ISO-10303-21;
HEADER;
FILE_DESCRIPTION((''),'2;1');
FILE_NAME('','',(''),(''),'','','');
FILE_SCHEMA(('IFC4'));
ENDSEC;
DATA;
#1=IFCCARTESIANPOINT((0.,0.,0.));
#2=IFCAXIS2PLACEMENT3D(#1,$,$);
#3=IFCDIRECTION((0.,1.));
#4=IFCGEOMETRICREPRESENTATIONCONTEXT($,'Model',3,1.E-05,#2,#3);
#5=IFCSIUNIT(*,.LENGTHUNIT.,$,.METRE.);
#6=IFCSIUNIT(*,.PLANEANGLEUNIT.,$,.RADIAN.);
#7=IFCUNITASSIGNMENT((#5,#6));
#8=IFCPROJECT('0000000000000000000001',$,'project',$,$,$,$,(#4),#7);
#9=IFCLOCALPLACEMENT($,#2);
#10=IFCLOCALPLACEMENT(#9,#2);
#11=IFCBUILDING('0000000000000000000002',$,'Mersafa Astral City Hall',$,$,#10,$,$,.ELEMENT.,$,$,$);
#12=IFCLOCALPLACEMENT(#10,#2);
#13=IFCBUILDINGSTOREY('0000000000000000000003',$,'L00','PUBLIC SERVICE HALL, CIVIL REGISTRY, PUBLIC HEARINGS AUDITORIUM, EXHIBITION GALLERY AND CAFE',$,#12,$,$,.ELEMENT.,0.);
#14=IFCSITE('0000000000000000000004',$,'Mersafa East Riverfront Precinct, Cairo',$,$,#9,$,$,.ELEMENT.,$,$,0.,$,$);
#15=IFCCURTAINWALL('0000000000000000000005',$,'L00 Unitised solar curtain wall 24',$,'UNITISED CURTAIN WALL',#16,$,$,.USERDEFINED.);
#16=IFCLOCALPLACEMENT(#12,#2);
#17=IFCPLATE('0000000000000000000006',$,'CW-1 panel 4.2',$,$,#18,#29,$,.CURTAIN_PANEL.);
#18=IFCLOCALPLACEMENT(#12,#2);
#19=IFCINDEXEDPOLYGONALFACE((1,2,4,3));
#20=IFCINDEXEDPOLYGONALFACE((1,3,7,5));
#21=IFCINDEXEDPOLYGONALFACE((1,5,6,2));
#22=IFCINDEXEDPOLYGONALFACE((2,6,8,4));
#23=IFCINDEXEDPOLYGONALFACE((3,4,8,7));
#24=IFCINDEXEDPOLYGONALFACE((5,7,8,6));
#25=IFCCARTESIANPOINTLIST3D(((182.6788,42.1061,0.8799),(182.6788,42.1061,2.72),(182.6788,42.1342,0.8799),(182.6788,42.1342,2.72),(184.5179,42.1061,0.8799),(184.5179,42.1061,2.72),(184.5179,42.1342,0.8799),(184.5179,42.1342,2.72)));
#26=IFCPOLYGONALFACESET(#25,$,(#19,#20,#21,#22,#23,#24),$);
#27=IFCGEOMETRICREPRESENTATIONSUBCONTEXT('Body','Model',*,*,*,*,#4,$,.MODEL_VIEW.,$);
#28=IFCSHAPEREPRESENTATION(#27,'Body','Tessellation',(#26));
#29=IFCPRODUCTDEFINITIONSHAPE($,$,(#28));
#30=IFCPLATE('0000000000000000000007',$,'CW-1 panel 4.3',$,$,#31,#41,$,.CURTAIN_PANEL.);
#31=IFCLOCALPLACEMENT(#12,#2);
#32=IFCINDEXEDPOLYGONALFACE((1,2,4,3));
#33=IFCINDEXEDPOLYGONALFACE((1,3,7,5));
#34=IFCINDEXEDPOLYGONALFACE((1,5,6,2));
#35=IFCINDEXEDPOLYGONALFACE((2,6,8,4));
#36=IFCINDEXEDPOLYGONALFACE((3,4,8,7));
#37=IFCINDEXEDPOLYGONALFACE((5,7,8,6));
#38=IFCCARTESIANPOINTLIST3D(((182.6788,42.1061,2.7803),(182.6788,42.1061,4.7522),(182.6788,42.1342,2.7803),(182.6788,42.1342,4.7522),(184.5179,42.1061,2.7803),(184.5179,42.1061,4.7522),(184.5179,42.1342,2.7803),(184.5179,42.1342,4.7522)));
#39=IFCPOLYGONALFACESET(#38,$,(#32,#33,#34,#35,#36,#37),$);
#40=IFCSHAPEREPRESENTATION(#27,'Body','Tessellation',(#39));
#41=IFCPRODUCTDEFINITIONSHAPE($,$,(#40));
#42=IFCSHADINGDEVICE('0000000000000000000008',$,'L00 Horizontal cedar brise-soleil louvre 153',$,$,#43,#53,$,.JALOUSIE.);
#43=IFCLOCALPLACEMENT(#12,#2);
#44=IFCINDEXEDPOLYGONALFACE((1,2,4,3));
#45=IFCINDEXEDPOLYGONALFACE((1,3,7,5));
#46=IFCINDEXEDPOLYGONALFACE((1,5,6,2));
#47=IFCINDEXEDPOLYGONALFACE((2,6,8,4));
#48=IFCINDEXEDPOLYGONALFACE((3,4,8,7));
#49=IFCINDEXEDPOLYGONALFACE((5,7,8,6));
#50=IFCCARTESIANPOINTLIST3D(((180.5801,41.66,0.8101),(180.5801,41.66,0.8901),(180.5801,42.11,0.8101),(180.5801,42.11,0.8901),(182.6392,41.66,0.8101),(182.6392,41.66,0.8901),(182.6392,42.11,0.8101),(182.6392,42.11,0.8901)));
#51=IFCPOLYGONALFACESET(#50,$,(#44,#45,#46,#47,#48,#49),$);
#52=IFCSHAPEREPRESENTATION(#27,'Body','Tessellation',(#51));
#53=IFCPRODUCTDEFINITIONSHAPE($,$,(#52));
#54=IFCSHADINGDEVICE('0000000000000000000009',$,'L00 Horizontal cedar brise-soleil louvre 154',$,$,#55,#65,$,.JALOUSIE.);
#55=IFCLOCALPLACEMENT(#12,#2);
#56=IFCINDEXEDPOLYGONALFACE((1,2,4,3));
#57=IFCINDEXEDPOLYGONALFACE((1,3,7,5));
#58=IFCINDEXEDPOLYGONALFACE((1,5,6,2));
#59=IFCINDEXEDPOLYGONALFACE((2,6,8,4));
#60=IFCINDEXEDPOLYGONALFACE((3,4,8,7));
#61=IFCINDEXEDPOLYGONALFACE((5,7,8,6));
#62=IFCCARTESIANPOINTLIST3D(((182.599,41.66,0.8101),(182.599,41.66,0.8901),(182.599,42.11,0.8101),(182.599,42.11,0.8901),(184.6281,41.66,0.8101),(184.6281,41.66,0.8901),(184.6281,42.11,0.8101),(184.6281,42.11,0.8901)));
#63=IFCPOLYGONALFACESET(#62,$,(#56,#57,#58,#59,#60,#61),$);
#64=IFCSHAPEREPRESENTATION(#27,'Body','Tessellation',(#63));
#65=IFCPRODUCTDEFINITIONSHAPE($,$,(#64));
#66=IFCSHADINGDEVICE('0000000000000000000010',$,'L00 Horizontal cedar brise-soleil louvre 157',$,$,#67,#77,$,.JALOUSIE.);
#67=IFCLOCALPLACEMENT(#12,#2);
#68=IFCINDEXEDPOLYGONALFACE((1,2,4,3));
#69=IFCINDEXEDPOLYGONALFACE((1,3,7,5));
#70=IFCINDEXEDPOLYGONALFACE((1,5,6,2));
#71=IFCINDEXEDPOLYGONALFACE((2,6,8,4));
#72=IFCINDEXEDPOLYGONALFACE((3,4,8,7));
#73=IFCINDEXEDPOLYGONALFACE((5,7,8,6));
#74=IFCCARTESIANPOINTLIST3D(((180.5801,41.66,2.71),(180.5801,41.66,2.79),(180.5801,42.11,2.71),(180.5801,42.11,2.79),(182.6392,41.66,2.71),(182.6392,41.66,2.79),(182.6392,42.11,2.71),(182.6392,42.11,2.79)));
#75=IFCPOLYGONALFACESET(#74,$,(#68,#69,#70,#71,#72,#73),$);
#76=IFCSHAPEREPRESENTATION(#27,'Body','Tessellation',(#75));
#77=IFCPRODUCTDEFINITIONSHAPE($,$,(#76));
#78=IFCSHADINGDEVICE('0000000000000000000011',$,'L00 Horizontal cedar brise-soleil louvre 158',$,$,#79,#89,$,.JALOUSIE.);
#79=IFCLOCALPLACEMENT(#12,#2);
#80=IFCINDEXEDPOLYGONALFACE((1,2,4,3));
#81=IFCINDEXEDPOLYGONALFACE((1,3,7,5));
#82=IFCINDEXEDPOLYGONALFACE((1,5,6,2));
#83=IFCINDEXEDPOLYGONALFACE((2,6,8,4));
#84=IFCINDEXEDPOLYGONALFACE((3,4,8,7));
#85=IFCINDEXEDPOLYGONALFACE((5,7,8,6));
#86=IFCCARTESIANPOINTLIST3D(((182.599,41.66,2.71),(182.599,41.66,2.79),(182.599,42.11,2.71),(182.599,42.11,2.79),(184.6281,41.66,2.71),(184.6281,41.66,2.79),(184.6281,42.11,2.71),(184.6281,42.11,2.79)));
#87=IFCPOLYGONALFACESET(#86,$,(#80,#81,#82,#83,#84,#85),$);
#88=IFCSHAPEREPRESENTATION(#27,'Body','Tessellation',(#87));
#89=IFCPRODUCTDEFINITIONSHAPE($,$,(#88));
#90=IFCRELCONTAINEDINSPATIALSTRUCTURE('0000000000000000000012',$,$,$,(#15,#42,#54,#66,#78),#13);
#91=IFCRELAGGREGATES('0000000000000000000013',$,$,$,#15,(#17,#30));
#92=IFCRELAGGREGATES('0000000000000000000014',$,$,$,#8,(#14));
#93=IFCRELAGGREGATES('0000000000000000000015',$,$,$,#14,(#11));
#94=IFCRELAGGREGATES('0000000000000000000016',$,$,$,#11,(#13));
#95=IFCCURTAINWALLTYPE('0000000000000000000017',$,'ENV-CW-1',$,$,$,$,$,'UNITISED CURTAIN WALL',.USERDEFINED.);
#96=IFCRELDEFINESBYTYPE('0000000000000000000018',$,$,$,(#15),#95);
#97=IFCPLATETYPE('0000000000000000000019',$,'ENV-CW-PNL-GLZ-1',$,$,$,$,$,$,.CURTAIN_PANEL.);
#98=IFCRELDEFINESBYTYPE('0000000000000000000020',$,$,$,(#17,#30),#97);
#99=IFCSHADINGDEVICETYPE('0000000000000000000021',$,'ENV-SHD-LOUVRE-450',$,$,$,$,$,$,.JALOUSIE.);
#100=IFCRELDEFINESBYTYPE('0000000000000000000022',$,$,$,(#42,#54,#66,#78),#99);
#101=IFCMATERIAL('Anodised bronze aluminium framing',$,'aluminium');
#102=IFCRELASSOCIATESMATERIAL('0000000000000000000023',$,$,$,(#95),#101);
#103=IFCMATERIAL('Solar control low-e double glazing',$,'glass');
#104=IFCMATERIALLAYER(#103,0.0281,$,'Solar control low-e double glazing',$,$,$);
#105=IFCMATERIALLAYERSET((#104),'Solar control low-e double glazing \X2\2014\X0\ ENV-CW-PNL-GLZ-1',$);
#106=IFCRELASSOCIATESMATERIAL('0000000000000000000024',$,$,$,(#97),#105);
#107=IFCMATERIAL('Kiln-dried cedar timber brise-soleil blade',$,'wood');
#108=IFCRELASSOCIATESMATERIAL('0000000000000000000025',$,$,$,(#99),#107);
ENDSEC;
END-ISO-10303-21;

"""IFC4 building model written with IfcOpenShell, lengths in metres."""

from ifc_helpers import new_model, si_unit, direction, frame, origin, origin_2d, place, context, subcontext, project, spatial, rectangle, extrude, material, layer, layer_set, type_object, element, aggregate, save


model = new_model("IFC4")

# Units and contexts
model_context = context("Model", 3, precision=1e-05, world=origin(), true_north=direction((0.0, 1.0)))
body_context = subcontext(model_context, "Body", "Model", "MODEL_VIEW")
ifc_project = project(units=[si_unit("LENGTHUNIT", "METRE"), si_unit("PLANEANGLEUNIT", "RADIAN")], contexts=[model_context])

# Site, building, storey
site_placement = place(None, origin())
site = spatial("IfcSite", under=ifc_project, at=site_placement, Name="Mersafa East Riverfront Precinct, Cairo", CompositionType="ELEMENT", RefElevation=0.0)
building_placement = place(site_placement, origin())
building = spatial("IfcBuilding", under=site, at=building_placement, Name="Mersafa Astral City Hall", CompositionType="ELEMENT")
storey_placement = place(building_placement, origin())
storey = spatial("IfcBuildingStorey", under=building, at=storey_placement, Name="L00", Description="PUBLIC SERVICE HALL, CIVIL REGISTRY, PUBLIC HEARINGS AUDITORIUM, EXHIBITION GALLERY AND CAFE", CompositionType="ELEMENT", Elevation=0.0)

# Curtain wall
ifc_material_1 = material(Name="Anodised bronze aluminium framing", Category="aluminium")
curtain_wall_type_1 = type_object("IfcCurtainWallType", Name="ENV-CW-1", ElementType="UNITISED CURTAIN WALL", PredefinedType="USERDEFINED", material=ifc_material_1)
curtain_wall_1_placement = place(storey_placement, origin())
curtain_wall_1 = element("IfcCurtainWall", 1, at=curtain_wall_1_placement, inside=storey, type_object=curtain_wall_type_1, Name="L00 Unitised solar curtain wall 24", ObjectType="UNITISED CURTAIN WALL", PredefinedType="USERDEFINED")

# Plates
ifc_material_2 = material(Name="Solar control low-e double glazing", Category="glass")
ifc_layer = layer(ifc_material_2, 0.0281, Name="Solar control low-e double glazing")
ifc_layer_set = layer_set([ifc_layer], Name="Solar control low-e double glazing — ENV-CW-PNL-GLZ-1")
plate_type = type_object("IfcPlateType", Name="ENV-CW-PNL-GLZ-1", PredefinedType="CURTAIN_PANEL", material=ifc_layer_set)
plate_1_placement = place(storey_placement, frame((183.5984, 42.1201, 0.8799), z_axis=(0.0, 0.0, 1.0), x_axis=(1.0, 0.0, 0.0)))
plate_1 = element("IfcPlate", 2, at=plate_1_placement, type_object=plate_type, Name="CW-1 panel 4.2", PredefinedType="CURTAIN_PANEL", context=body_context, shape_type="SweptSolid", body=[
    extrude(rectangle(XDim=1.8391, YDim=0.0281, at=origin_2d()), origin(), (0.0, 0.0, 1.0), 1.8401),
])
plate_2_placement = place(storey_placement, frame((183.5984, 42.1201, 2.7803), z_axis=(0.0, 0.0, 1.0), x_axis=(1.0, 0.0, 0.0)))
plate_2 = element("IfcPlate", 3, at=plate_2_placement, type_object=plate_type, Name="CW-1 panel 4.3", PredefinedType="CURTAIN_PANEL", context=body_context, shape_type="SweptSolid", body=[
    extrude(rectangle(XDim=1.8391, YDim=0.0281, at=origin_2d()), origin(), (0.0, 0.0, 1.0), 1.9719),
])
aggregate(curtain_wall_1, [plate_1, plate_2])

# Shading devices
ifc_material_3 = material(Name="Kiln-dried cedar timber brise-soleil blade", Category="wood")
shading_device_type = type_object("IfcShadingDeviceType", Name="ENV-SHD-LOUVRE-450", PredefinedType="JALOUSIE", material=ifc_material_3)
shading_device_1_placement = place(storey_placement, frame((181.6096, 41.885, 0.8101), z_axis=(0.0, 0.0, 1.0), x_axis=(1.0, 0.0, 0.0)))
element("IfcShadingDevice", 4, at=shading_device_1_placement, inside=storey, type_object=shading_device_type, Name="L00 Horizontal cedar brise-soleil louvre 153", PredefinedType="JALOUSIE", context=body_context, shape_type="SweptSolid", body=[
    extrude(rectangle(XDim=2.0591, YDim=0.45, at=origin_2d()), origin(), (0.0, 0.0, 1.0), 0.0801),
])
shading_device_2_placement = place(storey_placement, frame((183.6135, 41.885, 0.8101), z_axis=(0.0, 0.0, 1.0), x_axis=(1.0, 0.0, 0.0)))
element("IfcShadingDevice", 5, at=shading_device_2_placement, inside=storey, type_object=shading_device_type, Name="L00 Horizontal cedar brise-soleil louvre 154", PredefinedType="JALOUSIE", context=body_context, shape_type="SweptSolid", body=[
    extrude(rectangle(XDim=2.0291, YDim=0.45, at=origin_2d()), origin(), (0.0, 0.0, 1.0), 0.0801),
])
shading_device_3_placement = place(storey_placement, frame((181.6096, 41.885, 2.71), z_axis=(0.0, 0.0, 1.0), x_axis=(1.0, 0.0, 0.0)))
element("IfcShadingDevice", 6, at=shading_device_3_placement, inside=storey, type_object=shading_device_type, Name="L00 Horizontal cedar brise-soleil louvre 157", PredefinedType="JALOUSIE", context=body_context, shape_type="SweptSolid", body=[
    extrude(rectangle(XDim=2.0591, YDim=0.45, at=origin_2d()), origin(), (0.0, 0.0, 1.0), 0.0801),
])
shading_device_4_placement = place(storey_placement, frame((183.6135, 41.885, 2.71), z_axis=(0.0, 0.0, 1.0), x_axis=(1.0, 0.0, 0.0)))
element("IfcShadingDevice", 7, at=shading_device_4_placement, inside=storey, type_object=shading_device_type, Name="L00 Horizontal cedar brise-soleil louvre 158", PredefinedType="JALOUSIE", context=body_context, shape_type="SweptSolid", body=[
    extrude(rectangle(XDim=2.0291, YDim=0.45, at=origin_2d()), origin(), (0.0, 0.0, 1.0), 0.0801),
])

save(model, "model.ifc")
